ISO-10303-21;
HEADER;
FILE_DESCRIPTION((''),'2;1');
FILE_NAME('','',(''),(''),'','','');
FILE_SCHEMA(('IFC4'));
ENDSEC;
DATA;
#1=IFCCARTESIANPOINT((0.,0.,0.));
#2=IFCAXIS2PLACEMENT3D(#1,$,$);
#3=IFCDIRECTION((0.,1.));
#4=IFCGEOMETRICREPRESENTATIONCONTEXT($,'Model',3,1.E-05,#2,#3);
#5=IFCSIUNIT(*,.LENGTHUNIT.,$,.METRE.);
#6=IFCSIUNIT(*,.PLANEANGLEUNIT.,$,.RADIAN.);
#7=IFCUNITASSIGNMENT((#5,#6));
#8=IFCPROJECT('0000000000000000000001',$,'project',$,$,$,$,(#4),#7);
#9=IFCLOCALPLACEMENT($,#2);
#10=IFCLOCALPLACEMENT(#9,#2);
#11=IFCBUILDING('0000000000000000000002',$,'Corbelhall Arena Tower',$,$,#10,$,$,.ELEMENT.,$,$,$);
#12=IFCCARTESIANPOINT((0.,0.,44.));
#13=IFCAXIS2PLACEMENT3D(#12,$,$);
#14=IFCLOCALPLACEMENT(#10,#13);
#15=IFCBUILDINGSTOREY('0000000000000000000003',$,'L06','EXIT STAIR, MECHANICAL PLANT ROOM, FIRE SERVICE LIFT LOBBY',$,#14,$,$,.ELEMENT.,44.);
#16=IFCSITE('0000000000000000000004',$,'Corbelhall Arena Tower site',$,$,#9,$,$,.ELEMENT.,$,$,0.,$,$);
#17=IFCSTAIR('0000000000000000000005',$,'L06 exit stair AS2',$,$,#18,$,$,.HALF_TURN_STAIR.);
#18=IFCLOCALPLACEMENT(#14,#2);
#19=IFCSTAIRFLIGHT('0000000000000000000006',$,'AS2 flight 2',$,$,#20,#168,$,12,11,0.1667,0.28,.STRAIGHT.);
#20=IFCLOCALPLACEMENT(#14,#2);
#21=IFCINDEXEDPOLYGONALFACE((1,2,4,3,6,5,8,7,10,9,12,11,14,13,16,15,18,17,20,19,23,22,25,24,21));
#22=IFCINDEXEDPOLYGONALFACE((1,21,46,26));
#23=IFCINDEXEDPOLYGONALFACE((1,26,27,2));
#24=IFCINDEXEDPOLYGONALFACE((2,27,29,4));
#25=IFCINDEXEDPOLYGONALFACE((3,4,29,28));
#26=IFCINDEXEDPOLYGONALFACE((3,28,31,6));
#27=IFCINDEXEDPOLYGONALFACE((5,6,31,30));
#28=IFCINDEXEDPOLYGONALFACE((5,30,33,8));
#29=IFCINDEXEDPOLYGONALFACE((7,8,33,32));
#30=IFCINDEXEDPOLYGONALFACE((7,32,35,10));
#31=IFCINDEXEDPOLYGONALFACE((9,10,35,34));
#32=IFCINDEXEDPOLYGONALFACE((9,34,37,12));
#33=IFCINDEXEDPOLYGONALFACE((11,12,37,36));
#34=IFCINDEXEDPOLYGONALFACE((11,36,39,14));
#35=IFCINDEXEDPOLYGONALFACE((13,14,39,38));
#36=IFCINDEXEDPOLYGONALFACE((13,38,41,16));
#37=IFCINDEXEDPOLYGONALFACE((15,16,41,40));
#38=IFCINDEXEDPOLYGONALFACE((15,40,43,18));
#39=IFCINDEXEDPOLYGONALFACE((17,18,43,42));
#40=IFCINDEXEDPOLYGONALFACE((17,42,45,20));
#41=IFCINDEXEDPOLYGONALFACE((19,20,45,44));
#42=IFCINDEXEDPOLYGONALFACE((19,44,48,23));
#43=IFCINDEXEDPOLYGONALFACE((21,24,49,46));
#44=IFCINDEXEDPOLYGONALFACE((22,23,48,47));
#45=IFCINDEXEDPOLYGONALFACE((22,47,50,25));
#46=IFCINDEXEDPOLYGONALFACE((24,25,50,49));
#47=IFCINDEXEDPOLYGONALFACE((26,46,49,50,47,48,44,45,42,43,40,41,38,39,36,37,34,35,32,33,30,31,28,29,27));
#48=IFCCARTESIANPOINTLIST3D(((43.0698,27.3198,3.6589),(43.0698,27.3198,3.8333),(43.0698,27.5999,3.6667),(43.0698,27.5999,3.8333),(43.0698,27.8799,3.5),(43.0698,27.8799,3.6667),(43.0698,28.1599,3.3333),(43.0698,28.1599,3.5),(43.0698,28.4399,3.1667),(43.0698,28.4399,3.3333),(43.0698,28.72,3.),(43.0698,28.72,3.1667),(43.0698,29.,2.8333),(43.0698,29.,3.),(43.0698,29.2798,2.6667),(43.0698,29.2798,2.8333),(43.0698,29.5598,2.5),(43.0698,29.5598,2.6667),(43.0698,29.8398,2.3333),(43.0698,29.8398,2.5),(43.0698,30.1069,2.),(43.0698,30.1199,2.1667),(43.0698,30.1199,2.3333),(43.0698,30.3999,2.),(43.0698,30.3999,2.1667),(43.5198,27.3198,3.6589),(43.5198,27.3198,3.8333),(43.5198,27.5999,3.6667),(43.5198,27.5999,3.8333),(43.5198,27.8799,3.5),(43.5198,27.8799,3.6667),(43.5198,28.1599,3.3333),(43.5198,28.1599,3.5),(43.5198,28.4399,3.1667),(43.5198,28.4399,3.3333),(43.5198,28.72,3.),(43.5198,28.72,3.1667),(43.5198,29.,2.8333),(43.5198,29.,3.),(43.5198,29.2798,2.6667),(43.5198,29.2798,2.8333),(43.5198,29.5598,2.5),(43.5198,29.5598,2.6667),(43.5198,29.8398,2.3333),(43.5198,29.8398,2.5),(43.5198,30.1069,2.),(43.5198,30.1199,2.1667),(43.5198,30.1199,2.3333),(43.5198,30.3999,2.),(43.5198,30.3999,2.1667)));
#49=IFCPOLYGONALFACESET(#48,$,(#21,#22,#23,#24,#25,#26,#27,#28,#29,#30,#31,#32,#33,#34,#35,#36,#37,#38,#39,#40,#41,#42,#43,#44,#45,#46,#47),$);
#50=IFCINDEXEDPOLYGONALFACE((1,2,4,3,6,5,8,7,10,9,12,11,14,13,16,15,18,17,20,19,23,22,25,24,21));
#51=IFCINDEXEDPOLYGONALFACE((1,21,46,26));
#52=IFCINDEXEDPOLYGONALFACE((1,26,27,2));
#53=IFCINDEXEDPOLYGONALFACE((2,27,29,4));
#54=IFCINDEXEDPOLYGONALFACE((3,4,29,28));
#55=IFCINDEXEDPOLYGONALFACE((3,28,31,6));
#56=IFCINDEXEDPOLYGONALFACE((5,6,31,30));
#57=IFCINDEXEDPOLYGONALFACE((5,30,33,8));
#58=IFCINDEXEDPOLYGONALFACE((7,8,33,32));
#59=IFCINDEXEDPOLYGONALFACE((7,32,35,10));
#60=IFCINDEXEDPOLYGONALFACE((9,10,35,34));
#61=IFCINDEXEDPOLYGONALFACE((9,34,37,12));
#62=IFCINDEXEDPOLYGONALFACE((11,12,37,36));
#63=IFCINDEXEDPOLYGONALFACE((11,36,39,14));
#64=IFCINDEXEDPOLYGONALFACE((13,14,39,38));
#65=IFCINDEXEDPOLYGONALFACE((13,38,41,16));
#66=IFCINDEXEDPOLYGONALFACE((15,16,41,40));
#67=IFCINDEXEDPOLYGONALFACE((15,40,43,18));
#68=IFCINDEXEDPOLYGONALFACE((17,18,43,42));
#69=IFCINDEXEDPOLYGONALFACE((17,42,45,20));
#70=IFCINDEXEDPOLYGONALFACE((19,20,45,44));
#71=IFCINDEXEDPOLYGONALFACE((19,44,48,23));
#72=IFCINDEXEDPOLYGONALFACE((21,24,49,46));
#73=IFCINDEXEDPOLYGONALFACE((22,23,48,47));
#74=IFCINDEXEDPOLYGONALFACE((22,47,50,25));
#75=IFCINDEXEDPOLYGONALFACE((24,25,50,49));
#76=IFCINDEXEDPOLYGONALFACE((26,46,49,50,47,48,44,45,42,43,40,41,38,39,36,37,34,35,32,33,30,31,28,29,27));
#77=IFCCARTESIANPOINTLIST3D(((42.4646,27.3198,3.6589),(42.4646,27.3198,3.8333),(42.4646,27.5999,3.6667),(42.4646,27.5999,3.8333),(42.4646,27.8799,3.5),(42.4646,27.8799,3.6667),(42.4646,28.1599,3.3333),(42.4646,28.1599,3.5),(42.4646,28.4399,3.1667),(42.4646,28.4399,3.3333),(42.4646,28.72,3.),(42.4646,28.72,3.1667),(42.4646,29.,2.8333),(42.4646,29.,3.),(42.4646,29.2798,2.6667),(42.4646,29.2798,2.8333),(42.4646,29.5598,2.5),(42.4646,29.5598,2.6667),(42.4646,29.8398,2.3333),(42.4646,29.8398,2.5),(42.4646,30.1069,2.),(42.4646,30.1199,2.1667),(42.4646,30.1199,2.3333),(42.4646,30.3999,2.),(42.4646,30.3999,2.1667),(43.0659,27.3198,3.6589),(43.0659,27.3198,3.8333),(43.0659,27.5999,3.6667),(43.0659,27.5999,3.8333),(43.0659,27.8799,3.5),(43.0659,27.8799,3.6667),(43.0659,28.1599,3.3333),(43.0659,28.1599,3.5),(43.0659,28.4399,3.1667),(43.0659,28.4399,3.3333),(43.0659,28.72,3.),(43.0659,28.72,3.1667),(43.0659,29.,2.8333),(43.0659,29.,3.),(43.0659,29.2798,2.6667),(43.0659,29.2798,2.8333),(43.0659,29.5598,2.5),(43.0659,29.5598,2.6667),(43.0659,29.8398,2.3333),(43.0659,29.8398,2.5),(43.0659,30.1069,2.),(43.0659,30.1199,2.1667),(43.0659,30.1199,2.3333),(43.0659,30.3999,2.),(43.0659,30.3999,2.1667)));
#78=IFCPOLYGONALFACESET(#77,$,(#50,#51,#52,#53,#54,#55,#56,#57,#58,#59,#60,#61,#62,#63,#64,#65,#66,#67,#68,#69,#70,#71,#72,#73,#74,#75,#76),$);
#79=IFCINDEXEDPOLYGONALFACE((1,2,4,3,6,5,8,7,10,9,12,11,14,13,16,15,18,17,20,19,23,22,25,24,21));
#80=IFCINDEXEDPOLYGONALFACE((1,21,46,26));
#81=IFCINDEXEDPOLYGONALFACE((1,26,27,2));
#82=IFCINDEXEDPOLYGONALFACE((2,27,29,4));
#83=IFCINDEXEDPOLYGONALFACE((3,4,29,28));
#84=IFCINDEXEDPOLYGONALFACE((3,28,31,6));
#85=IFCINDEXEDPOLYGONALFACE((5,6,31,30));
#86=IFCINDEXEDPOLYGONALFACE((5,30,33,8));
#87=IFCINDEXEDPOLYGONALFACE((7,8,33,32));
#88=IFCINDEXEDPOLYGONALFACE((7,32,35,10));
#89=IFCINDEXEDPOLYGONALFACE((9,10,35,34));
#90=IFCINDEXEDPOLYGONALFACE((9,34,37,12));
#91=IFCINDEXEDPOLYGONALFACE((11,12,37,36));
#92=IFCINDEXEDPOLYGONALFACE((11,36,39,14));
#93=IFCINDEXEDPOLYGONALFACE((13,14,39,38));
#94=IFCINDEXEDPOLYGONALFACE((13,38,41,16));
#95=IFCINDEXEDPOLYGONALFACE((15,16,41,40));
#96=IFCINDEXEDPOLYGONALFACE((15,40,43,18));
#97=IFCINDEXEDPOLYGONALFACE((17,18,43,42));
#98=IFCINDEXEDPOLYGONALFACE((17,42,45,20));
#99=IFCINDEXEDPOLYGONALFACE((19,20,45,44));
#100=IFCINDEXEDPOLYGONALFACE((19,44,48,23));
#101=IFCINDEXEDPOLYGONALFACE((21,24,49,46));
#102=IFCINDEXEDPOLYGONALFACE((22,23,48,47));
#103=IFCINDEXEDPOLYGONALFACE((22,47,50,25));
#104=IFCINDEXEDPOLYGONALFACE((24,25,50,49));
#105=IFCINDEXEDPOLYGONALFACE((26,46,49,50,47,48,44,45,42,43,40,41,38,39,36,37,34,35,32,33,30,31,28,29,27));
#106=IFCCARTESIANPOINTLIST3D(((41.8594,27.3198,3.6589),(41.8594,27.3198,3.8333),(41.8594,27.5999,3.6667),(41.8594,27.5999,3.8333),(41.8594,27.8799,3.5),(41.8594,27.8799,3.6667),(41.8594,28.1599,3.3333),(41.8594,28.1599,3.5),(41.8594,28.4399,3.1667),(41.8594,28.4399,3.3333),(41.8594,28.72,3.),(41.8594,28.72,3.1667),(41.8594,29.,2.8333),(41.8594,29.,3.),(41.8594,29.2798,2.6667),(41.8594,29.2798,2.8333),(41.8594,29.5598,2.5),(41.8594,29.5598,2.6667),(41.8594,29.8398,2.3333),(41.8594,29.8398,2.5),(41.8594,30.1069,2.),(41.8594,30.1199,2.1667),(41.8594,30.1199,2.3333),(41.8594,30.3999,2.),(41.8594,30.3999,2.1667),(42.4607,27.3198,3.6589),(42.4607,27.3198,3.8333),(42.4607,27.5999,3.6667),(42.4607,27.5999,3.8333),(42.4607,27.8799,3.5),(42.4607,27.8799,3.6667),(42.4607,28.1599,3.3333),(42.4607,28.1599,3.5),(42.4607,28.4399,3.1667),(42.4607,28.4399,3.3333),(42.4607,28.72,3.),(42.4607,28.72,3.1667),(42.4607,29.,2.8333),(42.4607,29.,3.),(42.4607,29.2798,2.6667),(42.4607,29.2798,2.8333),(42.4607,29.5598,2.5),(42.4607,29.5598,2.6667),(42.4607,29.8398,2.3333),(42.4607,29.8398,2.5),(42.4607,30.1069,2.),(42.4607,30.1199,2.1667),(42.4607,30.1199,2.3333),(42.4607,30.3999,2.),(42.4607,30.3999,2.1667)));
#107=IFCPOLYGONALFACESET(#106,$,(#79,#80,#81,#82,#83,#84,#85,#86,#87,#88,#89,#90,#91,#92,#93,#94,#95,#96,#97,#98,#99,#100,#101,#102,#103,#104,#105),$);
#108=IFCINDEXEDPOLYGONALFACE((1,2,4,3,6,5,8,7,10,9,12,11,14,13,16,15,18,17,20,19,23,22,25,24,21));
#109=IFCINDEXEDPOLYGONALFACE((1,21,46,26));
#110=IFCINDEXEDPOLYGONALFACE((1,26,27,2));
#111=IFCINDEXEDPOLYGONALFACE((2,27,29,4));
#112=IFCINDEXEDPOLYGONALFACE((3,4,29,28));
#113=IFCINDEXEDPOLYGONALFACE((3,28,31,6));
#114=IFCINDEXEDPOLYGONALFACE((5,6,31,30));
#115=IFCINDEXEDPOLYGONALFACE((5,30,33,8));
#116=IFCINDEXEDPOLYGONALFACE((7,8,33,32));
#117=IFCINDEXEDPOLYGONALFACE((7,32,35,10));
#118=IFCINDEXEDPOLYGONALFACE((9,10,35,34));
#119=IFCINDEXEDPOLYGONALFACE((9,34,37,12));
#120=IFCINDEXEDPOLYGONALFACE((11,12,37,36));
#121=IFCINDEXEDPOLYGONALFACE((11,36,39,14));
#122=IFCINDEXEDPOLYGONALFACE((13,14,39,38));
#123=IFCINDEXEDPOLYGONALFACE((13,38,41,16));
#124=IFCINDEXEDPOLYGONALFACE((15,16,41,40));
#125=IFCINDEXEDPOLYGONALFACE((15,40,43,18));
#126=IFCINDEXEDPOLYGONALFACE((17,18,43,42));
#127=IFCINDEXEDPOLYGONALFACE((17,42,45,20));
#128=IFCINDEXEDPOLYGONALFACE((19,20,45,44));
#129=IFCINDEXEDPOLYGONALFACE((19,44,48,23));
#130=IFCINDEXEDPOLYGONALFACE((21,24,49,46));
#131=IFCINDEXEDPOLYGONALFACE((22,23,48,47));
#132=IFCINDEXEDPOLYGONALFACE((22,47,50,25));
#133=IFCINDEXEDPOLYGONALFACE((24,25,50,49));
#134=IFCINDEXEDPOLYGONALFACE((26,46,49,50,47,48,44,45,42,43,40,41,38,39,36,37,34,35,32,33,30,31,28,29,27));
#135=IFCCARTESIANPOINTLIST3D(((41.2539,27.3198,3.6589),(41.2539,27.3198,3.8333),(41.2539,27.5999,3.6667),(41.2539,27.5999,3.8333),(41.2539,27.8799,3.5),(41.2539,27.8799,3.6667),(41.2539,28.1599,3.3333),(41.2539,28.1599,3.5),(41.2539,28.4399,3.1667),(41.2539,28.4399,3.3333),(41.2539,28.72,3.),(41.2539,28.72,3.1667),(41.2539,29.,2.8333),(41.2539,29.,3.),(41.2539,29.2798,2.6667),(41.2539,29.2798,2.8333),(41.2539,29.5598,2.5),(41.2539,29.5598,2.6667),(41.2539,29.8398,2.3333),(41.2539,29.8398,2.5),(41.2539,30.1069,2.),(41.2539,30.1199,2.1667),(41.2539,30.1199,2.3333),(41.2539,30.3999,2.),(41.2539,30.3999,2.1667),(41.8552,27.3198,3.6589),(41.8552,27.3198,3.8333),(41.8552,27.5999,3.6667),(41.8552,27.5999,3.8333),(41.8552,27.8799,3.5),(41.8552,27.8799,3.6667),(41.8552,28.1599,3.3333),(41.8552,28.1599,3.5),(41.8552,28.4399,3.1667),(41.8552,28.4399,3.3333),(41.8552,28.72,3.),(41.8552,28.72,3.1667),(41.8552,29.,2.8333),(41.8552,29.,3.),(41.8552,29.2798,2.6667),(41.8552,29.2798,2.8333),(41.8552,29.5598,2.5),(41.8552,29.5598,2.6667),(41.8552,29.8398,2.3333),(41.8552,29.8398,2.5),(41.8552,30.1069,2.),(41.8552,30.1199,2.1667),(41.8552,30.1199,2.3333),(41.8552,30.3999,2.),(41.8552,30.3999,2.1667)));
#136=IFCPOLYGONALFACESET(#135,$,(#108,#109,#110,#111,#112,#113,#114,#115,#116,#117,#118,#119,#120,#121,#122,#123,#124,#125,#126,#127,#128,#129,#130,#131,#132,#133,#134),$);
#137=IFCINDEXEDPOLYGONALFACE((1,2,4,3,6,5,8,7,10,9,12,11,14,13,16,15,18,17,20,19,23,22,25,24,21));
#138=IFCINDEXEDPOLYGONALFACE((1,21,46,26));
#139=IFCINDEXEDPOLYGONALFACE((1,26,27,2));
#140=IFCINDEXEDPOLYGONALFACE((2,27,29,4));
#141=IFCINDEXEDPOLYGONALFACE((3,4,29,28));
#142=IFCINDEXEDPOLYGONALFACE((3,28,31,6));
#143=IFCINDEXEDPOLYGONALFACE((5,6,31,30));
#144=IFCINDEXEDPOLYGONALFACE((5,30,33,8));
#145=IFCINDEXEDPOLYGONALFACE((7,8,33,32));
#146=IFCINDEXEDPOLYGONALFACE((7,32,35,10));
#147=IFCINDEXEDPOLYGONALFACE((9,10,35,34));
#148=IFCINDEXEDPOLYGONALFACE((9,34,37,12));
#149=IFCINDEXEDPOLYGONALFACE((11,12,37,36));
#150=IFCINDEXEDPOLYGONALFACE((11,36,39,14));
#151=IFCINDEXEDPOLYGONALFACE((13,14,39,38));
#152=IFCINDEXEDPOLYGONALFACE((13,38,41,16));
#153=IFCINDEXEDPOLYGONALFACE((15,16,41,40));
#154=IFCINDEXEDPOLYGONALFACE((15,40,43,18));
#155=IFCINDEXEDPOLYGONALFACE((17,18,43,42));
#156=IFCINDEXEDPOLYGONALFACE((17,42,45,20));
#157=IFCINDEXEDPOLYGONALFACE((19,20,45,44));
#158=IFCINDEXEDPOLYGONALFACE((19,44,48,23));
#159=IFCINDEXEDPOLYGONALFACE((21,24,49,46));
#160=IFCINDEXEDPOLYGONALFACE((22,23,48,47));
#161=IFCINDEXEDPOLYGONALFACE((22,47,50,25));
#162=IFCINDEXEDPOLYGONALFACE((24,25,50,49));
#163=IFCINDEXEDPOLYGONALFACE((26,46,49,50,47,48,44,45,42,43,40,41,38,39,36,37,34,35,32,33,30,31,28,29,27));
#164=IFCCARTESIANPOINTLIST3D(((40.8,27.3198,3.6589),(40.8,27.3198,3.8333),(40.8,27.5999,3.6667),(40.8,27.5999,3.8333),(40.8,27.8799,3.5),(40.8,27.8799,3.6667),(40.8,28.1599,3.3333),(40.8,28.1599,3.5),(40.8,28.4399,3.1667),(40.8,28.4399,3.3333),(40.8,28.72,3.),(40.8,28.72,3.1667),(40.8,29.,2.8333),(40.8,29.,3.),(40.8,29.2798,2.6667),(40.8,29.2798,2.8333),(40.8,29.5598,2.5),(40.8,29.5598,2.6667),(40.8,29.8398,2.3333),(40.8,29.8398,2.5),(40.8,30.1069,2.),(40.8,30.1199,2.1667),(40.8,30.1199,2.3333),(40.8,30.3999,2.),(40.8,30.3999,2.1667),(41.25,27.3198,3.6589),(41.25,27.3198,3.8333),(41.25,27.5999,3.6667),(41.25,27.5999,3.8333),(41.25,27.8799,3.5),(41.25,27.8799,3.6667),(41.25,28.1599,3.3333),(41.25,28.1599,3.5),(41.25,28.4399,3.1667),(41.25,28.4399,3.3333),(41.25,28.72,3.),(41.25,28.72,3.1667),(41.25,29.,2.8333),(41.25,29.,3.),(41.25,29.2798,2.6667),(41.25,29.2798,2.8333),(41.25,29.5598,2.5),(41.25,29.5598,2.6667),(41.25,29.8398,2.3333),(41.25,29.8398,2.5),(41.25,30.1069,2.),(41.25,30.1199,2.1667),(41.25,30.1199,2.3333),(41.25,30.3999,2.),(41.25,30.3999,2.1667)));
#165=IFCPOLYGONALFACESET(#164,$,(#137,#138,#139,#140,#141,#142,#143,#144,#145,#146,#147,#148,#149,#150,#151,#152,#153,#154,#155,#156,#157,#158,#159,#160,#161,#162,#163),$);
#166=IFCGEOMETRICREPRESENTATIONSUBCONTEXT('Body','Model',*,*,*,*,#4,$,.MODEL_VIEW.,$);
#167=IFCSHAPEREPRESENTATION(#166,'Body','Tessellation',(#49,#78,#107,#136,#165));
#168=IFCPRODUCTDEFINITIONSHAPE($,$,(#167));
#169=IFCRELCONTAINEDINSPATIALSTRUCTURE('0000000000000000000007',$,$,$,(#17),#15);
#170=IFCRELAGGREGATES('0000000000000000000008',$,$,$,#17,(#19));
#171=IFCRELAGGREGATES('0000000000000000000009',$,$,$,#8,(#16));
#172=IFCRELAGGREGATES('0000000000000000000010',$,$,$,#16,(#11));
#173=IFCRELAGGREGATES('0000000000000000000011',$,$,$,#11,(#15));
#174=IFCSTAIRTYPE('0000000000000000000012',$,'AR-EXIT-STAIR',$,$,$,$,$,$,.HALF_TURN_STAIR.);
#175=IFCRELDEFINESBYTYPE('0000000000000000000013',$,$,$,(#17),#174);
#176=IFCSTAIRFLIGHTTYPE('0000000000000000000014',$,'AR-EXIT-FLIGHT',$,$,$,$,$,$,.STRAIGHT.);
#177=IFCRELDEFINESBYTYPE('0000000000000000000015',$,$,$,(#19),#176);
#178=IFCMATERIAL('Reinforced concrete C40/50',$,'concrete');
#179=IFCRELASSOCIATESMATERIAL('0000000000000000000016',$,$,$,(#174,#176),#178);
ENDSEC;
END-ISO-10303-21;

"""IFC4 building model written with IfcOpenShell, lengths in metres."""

from ifc_helpers import new_model, si_unit, direction, frame, origin, place, context, subcontext, project, spatial, polyline, outline, extrude, material, type_object, element, aggregate, save


model = new_model("IFC4")

# Units and contexts
model_context = context("Model", 3, precision=1e-05, world=origin(), true_north=direction((0.0, 1.0)))
body_context = subcontext(model_context, "Body", "Model", "MODEL_VIEW")
ifc_project = project(units=[si_unit("LENGTHUNIT", "METRE"), si_unit("PLANEANGLEUNIT", "RADIAN")], contexts=[model_context])

# Site, building, storey
site_placement = place(None, origin())
site = spatial("IfcSite", under=ifc_project, at=site_placement, Name="Corbelhall Arena Tower site", CompositionType="ELEMENT", RefElevation=0.0)
building_placement = place(site_placement, origin())
building = spatial("IfcBuilding", under=site, at=building_placement, Name="Corbelhall Arena Tower", CompositionType="ELEMENT")
storey_placement = place(building_placement, frame((0.0, 0.0, 44.0)))
storey = spatial("IfcBuildingStorey", under=building, at=storey_placement, Name="L06", Description="EXIT STAIR, MECHANICAL PLANT ROOM, FIRE SERVICE LIFT LOBBY", CompositionType="ELEMENT", Elevation=44.0)

# Shared definitions
ifc_material_1 = material(Name="Reinforced concrete C40/50", Category="concrete")

# Stair, stair flight
stair_type = type_object("IfcStairType", Name="AR-EXIT-STAIR", PredefinedType="HALF_TURN_STAIR", material=ifc_material_1)
stair_flight_type = type_object("IfcStairFlightType", Name="AR-EXIT-FLIGHT", PredefinedType="STRAIGHT", material=ifc_material_1)
stair_1_placement = place(storey_placement, origin())
stair_1 = element("IfcStair", 1, at=stair_1_placement, inside=storey, type_object=stair_type, Name="L06 exit stair AS2", PredefinedType="HALF_TURN_STAIR")
stair_flight_1_placement = place(storey_placement, frame((42.1599, 30.3999, 2.0), z_axis=(0.0, 0.0, 1.0), x_axis=(0.0, -1.0, 0.0)))
stair_flight_1 = element("IfcStairFlight", 2, at=stair_flight_1_placement, type_object=stair_flight_type, Name="AS2 flight 2", NumberOfRisers=12, NumberOfTreads=11, PredefinedType="STRAIGHT", RiserHeight=0.1667, TreadLength=0.28, context=body_context, shape_type="SweptSolid", body=[
    extrude(outline(polyline([(0.0, 0.0), (0.0, 0.1667), (0.28, 0.1667), (0.28, 0.3333), (0.5601, 0.3333), (0.5601, 0.5), (0.8401, 0.5), (0.8401, 0.6667), (1.1201, 0.6667), (1.1201, 0.8333), (1.3999, 0.8333), (1.3999, 1.0), (1.6799, 1.0), (1.6799, 1.1667), (1.96, 1.1667), (1.96, 1.3333), (2.24, 1.3333), (2.24, 1.5), (2.52, 1.5), (2.52, 1.6667), (2.8, 1.6667), (2.8, 1.8333), (3.0801, 1.8333), (3.0801, 2.0), (3.0801, 1.6589), (0.293, 0.0), (0.0, 0.0)])), frame((0.0, 1.3599, 0.0), z_axis=(0.0, -1.0, 0.0), x_axis=(1.0, 0.0, 0.0)), (0.0, 0.0, 1.0), 0.45),
    extrude(outline(polyline([(0.0, 0.0), (0.0, 0.1667), (0.28, 0.1667), (0.28, 0.3333), (0.5601, 0.3333), (0.5601, 0.5), (0.8401, 0.5), (0.8401, 0.6667), (1.1201, 0.6667), (1.1201, 0.8333), (1.3999, 0.8333), (1.3999, 1.0), (1.6799, 1.0), (1.6799, 1.1667), (1.96, 1.1667), (1.96, 1.3333), (2.24, 1.3333), (2.24, 1.5), (2.52, 1.5), (2.52, 1.6667), (2.8, 1.6667), (2.8, 1.8333), (3.0801, 1.8333), (3.0801, 2.0), (3.0801, 1.6589), (0.293, 0.0), (0.0, 0.0)])), frame((0.0, 0.906, 0.0), z_axis=(0.0, -1.0, 0.0), x_axis=(1.0, 0.0, 0.0)), (0.0, 0.0, 1.0), 0.6013),
    extrude(outline(polyline([(0.0, 0.0), (0.0, 0.1667), (0.28, 0.1667), (0.28, 0.3333), (0.5601, 0.3333), (0.5601, 0.5), (0.8401, 0.5), (0.8401, 0.6667), (1.1201, 0.6667), (1.1201, 0.8333), (1.3999, 0.8333), (1.3999, 1.0), (1.6799, 1.0), (1.6799, 1.1667), (1.96, 1.1667), (1.96, 1.3333), (2.24, 1.3333), (2.24, 1.5), (2.52, 1.5), (2.52, 1.6667), (2.8, 1.6667), (2.8, 1.8333), (3.0801, 1.8333), (3.0801, 2.0), (3.0801, 1.6589), (0.293, 0.0), (0.0, 0.0)])), frame((0.0, 0.3008, 0.0), z_axis=(0.0, -1.0, 0.0), x_axis=(1.0, 0.0, 0.0)), (0.0, 0.0, 1.0), 0.6013),
    extrude(outline(polyline([(0.0, 0.0), (0.0, 0.1667), (0.28, 0.1667), (0.28, 0.3333), (0.5601, 0.3333), (0.5601, 0.5), (0.8401, 0.5), (0.8401, 0.6667), (1.1201, 0.6667), (1.1201, 0.8333), (1.3999, 0.8333), (1.3999, 1.0), (1.6799, 1.0), (1.6799, 1.1667), (1.96, 1.1667), (1.96, 1.3333), (2.24, 1.3333), (2.24, 1.5), (2.52, 1.5), (2.52, 1.6667), (2.8, 1.6667), (2.8, 1.8333), (3.0801, 1.8333), (3.0801, 2.0), (3.0801, 1.6589), (0.293, 0.0), (0.0, 0.0)])), frame((0.0, -0.3047, 0.0), z_axis=(0.0, -1.0, 0.0), x_axis=(1.0, 0.0, 0.0)), (0.0, 0.0, 1.0), 0.6013),
    extrude(outline(polyline([(0.0, 0.0), (0.0, 0.1667), (0.28, 0.1667), (0.28, 0.3333), (0.5601, 0.3333), (0.5601, 0.5), (0.8401, 0.5), (0.8401, 0.6667), (1.1201, 0.6667), (1.1201, 0.8333), (1.3999, 0.8333), (1.3999, 1.0), (1.6799, 1.0), (1.6799, 1.1667), (1.96, 1.1667), (1.96, 1.3333), (2.24, 1.3333), (2.24, 1.5), (2.52, 1.5), (2.52, 1.6667), (2.8, 1.6667), (2.8, 1.8333), (3.0801, 1.8333), (3.0801, 2.0), (3.0801, 1.6589), (0.293, 0.0), (0.0, 0.0)])), frame((0.0, -0.9099, 0.0), z_axis=(0.0, -1.0, 0.0), x_axis=(1.0, 0.0, 0.0)), (0.0, 0.0, 1.0), 0.45),
])
aggregate(stair_1, [stair_flight_1])

save(model, "model.ifc")
